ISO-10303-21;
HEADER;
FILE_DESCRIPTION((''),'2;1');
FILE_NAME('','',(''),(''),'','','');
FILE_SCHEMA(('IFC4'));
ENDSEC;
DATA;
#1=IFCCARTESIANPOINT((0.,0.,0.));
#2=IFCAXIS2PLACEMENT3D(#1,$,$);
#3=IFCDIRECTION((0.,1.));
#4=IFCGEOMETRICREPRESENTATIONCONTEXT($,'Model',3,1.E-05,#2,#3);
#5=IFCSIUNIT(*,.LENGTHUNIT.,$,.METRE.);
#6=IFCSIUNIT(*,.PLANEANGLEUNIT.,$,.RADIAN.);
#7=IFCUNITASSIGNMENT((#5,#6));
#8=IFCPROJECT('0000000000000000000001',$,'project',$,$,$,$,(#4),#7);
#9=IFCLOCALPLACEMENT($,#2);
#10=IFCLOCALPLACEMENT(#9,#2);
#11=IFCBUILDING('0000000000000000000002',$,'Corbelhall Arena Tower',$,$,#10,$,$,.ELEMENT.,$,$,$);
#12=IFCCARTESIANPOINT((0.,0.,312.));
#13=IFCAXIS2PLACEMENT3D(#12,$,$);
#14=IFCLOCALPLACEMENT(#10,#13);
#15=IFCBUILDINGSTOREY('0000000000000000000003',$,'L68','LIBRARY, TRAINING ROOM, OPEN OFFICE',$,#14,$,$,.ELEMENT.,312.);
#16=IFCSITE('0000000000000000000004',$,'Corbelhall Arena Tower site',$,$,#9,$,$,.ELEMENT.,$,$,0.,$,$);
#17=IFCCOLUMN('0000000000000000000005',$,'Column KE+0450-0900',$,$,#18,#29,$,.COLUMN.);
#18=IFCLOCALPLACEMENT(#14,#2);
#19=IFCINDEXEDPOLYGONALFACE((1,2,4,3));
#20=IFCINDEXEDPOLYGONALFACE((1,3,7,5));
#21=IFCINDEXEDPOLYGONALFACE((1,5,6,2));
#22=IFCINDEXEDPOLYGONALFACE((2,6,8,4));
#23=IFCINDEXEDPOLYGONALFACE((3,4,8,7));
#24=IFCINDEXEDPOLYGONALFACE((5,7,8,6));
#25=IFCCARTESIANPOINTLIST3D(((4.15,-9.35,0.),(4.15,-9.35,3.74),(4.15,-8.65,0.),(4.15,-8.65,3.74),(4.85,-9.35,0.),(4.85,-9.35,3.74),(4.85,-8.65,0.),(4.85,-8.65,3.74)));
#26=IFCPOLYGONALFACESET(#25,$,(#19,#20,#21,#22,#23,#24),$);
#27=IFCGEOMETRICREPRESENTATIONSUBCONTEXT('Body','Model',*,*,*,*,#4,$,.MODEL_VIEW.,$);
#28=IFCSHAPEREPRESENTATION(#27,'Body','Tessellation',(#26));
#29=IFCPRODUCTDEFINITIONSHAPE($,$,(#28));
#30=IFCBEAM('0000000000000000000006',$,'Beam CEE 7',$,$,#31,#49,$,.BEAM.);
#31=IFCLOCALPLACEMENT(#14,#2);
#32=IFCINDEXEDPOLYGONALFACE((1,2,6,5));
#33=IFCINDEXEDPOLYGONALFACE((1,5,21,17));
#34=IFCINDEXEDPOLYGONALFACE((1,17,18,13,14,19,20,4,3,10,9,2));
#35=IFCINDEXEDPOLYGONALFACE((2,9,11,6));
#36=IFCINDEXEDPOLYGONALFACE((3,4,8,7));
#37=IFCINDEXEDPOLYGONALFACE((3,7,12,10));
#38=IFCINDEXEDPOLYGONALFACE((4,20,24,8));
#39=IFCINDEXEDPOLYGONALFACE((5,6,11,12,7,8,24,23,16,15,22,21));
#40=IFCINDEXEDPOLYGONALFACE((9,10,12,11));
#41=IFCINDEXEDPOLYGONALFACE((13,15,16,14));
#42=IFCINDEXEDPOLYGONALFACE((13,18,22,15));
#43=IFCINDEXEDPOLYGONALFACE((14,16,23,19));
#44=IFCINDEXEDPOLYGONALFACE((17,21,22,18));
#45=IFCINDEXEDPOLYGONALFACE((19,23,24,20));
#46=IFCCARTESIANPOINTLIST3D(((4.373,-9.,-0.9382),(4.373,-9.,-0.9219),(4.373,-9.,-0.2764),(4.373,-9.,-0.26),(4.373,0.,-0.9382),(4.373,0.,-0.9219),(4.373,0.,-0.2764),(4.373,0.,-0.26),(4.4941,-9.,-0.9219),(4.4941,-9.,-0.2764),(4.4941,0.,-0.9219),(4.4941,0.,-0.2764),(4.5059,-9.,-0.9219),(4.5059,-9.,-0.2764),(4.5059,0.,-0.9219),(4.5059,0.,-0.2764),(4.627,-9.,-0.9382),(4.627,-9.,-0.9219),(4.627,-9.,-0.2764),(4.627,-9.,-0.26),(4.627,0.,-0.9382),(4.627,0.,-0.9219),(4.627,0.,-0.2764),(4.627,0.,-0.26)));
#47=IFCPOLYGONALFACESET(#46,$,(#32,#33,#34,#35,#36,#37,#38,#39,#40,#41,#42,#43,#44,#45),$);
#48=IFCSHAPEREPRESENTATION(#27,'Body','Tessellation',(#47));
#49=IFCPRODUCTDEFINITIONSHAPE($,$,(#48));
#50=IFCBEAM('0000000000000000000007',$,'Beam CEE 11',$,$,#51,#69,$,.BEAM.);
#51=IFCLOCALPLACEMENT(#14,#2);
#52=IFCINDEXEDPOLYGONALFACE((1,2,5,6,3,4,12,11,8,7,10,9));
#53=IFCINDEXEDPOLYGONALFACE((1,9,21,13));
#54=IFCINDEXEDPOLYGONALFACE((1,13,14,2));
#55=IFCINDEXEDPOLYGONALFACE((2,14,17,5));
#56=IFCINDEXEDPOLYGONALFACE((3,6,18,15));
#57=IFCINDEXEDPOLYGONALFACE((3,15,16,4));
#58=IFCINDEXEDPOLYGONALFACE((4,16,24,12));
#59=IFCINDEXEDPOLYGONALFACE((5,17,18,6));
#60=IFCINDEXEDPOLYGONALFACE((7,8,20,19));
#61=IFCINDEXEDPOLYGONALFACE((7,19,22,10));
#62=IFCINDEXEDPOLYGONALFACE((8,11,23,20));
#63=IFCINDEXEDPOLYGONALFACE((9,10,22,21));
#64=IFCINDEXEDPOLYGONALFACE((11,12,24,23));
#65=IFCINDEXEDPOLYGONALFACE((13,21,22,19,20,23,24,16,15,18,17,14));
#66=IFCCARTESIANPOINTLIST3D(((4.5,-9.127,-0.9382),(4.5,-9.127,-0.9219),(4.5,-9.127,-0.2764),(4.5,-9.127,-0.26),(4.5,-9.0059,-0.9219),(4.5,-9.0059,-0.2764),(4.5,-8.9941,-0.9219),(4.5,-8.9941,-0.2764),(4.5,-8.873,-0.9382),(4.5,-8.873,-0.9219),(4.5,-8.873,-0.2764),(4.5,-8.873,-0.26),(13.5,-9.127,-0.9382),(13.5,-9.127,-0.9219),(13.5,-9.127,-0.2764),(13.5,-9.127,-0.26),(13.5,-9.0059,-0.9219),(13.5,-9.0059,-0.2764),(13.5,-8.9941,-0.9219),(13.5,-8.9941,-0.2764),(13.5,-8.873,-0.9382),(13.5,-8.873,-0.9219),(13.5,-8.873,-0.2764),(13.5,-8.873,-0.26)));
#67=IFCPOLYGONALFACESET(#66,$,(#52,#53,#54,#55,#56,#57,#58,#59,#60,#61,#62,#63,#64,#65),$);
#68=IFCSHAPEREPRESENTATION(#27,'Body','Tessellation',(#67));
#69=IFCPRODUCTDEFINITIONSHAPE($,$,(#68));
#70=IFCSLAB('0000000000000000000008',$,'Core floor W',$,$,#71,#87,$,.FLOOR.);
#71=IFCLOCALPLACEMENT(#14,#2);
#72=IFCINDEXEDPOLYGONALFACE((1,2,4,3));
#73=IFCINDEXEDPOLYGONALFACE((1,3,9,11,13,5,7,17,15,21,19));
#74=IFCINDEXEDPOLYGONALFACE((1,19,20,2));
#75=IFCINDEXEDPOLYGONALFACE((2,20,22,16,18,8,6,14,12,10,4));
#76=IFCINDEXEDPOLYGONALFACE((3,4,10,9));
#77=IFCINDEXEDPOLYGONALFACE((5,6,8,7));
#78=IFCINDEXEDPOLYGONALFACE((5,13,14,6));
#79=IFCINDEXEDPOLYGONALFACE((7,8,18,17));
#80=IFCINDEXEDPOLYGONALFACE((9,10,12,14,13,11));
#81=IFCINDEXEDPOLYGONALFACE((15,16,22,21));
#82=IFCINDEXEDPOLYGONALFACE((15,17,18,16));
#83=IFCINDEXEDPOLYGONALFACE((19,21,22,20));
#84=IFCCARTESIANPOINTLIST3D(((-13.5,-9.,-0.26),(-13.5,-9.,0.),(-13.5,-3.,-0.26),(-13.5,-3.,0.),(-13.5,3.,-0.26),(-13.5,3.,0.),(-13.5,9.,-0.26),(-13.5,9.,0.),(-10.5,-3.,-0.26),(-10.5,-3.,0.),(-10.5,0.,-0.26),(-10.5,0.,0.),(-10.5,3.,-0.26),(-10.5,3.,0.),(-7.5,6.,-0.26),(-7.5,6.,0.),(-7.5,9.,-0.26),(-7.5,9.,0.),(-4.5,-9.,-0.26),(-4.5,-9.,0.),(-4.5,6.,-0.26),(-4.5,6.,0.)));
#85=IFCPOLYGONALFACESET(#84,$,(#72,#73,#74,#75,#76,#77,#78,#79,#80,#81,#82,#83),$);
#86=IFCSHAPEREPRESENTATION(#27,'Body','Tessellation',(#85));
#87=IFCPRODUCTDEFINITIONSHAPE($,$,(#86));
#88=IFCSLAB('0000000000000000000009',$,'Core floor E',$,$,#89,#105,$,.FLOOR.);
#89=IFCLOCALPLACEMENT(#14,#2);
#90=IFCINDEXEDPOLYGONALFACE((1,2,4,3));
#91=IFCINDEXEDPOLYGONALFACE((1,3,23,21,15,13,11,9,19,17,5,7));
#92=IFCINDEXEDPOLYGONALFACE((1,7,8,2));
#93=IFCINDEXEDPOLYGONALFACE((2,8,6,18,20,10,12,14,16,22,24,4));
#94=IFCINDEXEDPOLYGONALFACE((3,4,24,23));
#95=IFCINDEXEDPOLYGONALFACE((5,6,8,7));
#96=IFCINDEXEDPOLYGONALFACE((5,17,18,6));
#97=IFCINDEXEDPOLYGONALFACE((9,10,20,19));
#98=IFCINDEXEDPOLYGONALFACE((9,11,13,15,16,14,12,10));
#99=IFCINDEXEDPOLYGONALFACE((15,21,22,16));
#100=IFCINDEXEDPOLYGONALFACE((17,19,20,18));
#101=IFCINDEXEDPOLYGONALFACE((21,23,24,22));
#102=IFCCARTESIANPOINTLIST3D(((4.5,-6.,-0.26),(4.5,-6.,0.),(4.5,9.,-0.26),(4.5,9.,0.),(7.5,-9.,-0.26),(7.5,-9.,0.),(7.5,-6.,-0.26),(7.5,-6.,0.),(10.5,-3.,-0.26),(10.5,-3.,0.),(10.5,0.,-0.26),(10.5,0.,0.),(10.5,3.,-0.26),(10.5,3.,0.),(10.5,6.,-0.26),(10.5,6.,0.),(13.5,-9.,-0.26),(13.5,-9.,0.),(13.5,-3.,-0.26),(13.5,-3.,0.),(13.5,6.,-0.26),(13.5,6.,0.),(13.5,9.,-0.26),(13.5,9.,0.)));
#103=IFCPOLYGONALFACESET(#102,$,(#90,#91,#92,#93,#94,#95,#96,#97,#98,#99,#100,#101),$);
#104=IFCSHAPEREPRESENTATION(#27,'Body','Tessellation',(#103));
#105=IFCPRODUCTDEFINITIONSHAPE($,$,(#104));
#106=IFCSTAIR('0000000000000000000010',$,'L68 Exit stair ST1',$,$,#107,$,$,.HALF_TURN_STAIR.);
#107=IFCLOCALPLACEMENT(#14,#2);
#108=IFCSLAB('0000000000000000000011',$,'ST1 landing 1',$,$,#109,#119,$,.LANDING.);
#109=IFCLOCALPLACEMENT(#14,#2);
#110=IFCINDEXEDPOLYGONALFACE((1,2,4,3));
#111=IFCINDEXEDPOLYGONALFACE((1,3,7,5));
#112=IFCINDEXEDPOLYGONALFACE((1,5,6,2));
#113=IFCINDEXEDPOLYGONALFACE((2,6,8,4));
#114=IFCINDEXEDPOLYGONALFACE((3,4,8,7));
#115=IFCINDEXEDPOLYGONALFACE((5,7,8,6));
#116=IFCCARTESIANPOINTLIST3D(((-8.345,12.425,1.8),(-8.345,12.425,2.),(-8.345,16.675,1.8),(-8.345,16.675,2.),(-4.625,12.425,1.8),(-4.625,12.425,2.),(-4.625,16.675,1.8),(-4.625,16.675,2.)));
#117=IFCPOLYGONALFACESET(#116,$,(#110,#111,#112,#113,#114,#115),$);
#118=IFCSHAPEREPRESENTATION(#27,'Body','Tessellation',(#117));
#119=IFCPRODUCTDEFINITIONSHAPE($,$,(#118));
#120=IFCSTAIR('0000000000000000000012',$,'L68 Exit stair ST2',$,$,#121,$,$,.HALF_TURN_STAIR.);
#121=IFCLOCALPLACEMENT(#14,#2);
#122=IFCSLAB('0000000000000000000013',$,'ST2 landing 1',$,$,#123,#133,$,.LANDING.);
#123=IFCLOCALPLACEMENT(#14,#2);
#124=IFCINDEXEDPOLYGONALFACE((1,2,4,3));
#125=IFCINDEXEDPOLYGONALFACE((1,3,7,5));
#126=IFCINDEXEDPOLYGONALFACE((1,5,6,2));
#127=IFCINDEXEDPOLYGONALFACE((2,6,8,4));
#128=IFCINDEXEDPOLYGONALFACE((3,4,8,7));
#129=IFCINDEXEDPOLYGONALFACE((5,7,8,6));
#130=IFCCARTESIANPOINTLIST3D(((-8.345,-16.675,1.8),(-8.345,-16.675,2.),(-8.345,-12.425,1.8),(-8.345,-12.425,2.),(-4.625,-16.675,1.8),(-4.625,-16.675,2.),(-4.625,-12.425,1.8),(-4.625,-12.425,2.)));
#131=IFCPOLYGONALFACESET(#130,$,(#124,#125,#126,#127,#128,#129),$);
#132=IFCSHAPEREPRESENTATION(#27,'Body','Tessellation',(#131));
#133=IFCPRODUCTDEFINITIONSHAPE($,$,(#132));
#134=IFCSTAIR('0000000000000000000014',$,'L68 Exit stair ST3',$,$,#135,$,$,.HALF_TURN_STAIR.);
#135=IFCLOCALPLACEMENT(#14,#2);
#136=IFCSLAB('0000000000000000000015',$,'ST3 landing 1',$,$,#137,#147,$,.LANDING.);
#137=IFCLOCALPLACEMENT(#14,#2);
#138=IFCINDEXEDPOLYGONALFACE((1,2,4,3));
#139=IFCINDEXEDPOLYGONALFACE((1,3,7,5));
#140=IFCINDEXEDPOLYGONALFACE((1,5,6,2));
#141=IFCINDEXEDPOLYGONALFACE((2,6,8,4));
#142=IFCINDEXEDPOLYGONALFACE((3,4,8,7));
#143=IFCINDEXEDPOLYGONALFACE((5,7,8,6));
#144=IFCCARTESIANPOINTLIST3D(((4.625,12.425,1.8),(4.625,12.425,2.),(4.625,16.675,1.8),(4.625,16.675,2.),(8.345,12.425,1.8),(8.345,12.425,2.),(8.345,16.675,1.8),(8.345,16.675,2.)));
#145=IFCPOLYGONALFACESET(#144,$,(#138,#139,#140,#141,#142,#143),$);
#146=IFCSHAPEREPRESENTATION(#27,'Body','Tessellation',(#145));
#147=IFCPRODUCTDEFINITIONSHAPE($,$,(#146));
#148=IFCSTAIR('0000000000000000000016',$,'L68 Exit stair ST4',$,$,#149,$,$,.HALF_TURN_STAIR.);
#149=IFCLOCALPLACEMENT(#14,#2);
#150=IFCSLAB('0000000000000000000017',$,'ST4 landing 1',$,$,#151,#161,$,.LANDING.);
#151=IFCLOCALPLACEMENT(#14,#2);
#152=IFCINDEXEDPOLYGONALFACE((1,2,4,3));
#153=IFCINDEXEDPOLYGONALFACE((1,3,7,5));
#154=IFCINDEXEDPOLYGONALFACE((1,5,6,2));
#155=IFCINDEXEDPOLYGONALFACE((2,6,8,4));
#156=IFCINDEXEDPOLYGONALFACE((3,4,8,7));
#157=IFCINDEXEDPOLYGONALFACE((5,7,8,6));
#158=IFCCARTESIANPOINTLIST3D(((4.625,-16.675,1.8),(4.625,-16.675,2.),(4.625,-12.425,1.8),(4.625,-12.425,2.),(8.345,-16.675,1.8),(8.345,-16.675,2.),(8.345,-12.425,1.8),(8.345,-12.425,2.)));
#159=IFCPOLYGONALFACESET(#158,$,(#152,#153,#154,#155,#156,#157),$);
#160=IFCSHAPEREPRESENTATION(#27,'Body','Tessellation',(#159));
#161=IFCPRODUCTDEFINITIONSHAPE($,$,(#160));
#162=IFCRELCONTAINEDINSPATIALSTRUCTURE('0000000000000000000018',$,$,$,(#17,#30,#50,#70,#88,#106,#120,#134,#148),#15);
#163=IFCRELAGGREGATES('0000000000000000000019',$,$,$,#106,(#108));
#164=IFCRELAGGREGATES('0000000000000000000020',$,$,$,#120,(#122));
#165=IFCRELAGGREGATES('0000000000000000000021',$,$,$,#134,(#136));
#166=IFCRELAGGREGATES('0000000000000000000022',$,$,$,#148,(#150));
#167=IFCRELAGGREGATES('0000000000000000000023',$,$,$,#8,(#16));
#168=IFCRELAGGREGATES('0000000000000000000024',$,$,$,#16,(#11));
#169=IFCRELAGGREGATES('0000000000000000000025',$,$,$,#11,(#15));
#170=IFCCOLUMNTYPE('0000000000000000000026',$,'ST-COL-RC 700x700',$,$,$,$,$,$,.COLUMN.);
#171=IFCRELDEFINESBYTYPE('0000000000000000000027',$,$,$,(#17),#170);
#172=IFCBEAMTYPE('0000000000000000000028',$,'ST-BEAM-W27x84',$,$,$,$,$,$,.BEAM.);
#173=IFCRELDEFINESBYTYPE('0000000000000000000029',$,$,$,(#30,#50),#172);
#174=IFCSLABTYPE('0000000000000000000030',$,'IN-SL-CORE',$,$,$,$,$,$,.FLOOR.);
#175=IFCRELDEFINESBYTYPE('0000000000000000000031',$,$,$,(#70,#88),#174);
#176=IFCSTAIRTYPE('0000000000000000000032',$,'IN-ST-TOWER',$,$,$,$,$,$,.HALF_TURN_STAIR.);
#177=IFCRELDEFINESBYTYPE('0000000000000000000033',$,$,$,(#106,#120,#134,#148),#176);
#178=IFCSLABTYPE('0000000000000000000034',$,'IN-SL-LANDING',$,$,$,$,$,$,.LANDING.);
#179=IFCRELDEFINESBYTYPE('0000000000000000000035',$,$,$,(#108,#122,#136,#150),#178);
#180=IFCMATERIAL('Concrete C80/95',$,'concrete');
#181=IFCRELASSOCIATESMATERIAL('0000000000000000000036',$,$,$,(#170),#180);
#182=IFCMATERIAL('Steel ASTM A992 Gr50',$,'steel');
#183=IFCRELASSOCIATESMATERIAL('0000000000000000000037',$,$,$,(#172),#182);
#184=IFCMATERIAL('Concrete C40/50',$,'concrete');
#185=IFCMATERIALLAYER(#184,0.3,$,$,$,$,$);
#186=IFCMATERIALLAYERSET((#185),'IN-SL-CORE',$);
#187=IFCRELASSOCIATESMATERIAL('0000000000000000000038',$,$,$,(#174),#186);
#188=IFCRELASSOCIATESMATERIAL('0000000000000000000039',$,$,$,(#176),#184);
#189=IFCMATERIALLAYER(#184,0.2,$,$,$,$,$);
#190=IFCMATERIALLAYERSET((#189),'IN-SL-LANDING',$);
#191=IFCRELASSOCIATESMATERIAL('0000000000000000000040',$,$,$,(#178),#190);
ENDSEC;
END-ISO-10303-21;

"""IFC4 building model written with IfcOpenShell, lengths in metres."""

from ifc_helpers import new_model, si_unit, direction, frame, origin, origin_2d, place, context, subcontext, project, spatial, polyline, rectangle, i_section, outline, extrude, material, layer, layer_set, material_profile, profile_set, type_object, element, aggregate, save


model = new_model("IFC4")

# Units and contexts
model_context = context("Model", 3, precision=1e-05, world=origin(), true_north=direction((0.0, 1.0)))
body_context = subcontext(model_context, "Body", "Model", "MODEL_VIEW")
ifc_project = project(units=[si_unit("LENGTHUNIT", "METRE"), si_unit("PLANEANGLEUNIT", "RADIAN")], contexts=[model_context])

# Site, building, storey
site_placement = place(None, origin())
site = spatial("IfcSite", under=ifc_project, at=site_placement, Name="Corbelhall Arena Tower site", CompositionType="ELEMENT", RefElevation=0.0)
building_placement = place(site_placement, origin())
building = spatial("IfcBuilding", under=site, at=building_placement, Name="Corbelhall Arena Tower", CompositionType="ELEMENT")
storey_placement = place(building_placement, frame((0.0, 0.0, 312.0)))
storey = spatial("IfcBuildingStorey", under=building, at=storey_placement, Name="L68", Description="LIBRARY, TRAINING ROOM, OPEN OFFICE", CompositionType="ELEMENT", Elevation=312.0)

# Column
ifc_material_1 = material(Name="Concrete C80/95", Category="concrete")
ifc_material_profile_1 = material_profile(ifc_material_1, rectangle(XDim=0.7, YDim=0.7, at=origin_2d()))
ifc_profile_set_1 = profile_set([ifc_material_profile_1], Name="Concrete C80/95")
column_type = type_object("IfcColumnType", Name="ST-COL-RC 700x700", PredefinedType="COLUMN", material=ifc_profile_set_1)
column_placement = place(storey_placement, frame((4.5, -9.0, 0.0), z_axis=(0.0, 0.0, 1.0), x_axis=(1.0, 0.0, 0.0)))
element("IfcColumn", 1, at=column_placement, inside=storey, type_object=column_type, Name="Column KE+0450-0900", PredefinedType="COLUMN", context=body_context, shape_type="SweptSolid", body=[
    extrude(rectangle(XDim=0.7, YDim=0.7, at=origin_2d()), origin(), (0.0, 0.0, 1.0), 3.74),
])

# Beams
ifc_material_2 = material(Name="Steel ASTM A992 Gr50", Category="steel")
ifc_material_profile_2 = material_profile(ifc_material_2, i_section(OverallWidth=0.2539, OverallDepth=0.6782, WebThickness=0.0117, FlangeThickness=0.0164, at=origin_2d()))
ifc_profile_set_2 = profile_set([ifc_material_profile_2], Name="Steel ASTM A992 Gr50")
beam_type = type_object("IfcBeamType", Name="ST-BEAM-W27x84", PredefinedType="BEAM", material=ifc_profile_set_2)
for number, where, z_axis, x_axis, name in (
    (2, (4.5, -9.0, -0.5991), (0.0, 1.0, 0.0), (-1.0, 0.0, 0.0), "Beam CEE 7"),
    (3, (4.5, -9.0, -0.5991), (1.0, 0.0, 0.0), (0.0, 1.0, 0.0), "Beam CEE 11"),
):
    element("IfcBeam", number, at=place(storey_placement, frame(where, z_axis=z_axis, x_axis=x_axis)), inside=storey, type_object=beam_type, Name=name, PredefinedType="BEAM", context=body_context, shape_type="SweptSolid", body=[
        extrude(i_section(OverallWidth=0.2539, OverallDepth=0.6782, WebThickness=0.0117, FlangeThickness=0.0164, at=origin_2d()), origin(), (0.0, 0.0, 1.0), 9.0),
    ])

# Slabs
ifc_material_3 = material(Name="Concrete C40/50", Category="concrete")
ifc_layer_1 = layer(ifc_material_3, 0.3)
ifc_layer_set_1 = layer_set([ifc_layer_1], Name="IN-SL-CORE")
slab_type_1 = type_object("IfcSlabType", Name="IN-SL-CORE", PredefinedType="FLOOR", material=ifc_layer_set_1)
slab_1_placement = place(storey_placement, frame((0.0, 0.0, -0.26)))
element("IfcSlab", 4, at=slab_1_placement, inside=storey, type_object=slab_type_1, Name="Core floor W", PredefinedType="FLOOR", context=body_context, shape_type="SweptSolid", body=[
    extrude(outline(polyline([(-13.5, -3.0), (-13.5, -9.0), (-4.5, -9.0), (-4.5, 6.0), (-7.5, 6.0), (-7.5, 9.0), (-13.5, 9.0), (-13.5, 3.0), (-10.5, 3.0), (-10.5, 0.0), (-10.5, -3.0), (-13.5, -3.0)])), origin(), (0.0, 0.0, 1.0), 0.26),
])
slab_2_placement = place(storey_placement, frame((0.0, 0.0, -0.26)))
element("IfcSlab", 5, at=slab_2_placement, inside=storey, type_object=slab_type_1, Name="Core floor E", PredefinedType="FLOOR", context=body_context, shape_type="SweptSolid", body=[
    extrude(outline(polyline([(10.5, 0.0), (10.5, 3.0), (10.5, 6.0), (13.5, 6.0), (13.5, 9.0), (4.5, 9.0), (4.5, -6.0), (7.5, -6.0), (7.5, -9.0), (13.5, -9.0), (13.5, -3.0), (10.5, -3.0), (10.5, 0.0)])), origin(), (0.0, 0.0, 1.0), 0.26),
])

# Stairs, slabs
stair_type = type_object("IfcStairType", Name="IN-ST-TOWER", PredefinedType="HALF_TURN_STAIR", material=ifc_material_3)
stair_1_placement = place(storey_placement, origin())
stair_1 = element("IfcStair", 6, at=stair_1_placement, inside=storey, type_object=stair_type, Name="L68 Exit stair ST1", PredefinedType="HALF_TURN_STAIR")
ifc_layer_2 = layer(ifc_material_3, 0.2)
ifc_layer_set_2 = layer_set([ifc_layer_2], Name="IN-SL-LANDING")
slab_type_2 = type_object("IfcSlabType", Name="IN-SL-LANDING", PredefinedType="LANDING", material=ifc_layer_set_2)
slab_3_placement = place(storey_placement, frame((0.0, 0.0, 1.8)))
slab_3 = element("IfcSlab", 7, at=slab_3_placement, type_object=slab_type_2, Name="ST1 landing 1", PredefinedType="LANDING", context=body_context, shape_type="SweptSolid", body=[
    extrude(outline(polyline([(-8.345, 12.425), (-4.625, 12.425), (-4.625, 16.675), (-8.345, 16.675), (-8.345, 12.425)])), origin(), (0.0, 0.0, 1.0), 0.2),
])
aggregate(stair_1, [slab_3])
stair_2_placement = place(storey_placement, origin())
stair_2 = element("IfcStair", 8, at=stair_2_placement, inside=storey, type_object=stair_type, Name="L68 Exit stair ST2", PredefinedType="HALF_TURN_STAIR")
slab_4_placement = place(storey_placement, frame((0.0, 0.0, 1.8)))
slab_4 = element("IfcSlab", 9, at=slab_4_placement, type_object=slab_type_2, Name="ST2 landing 1", PredefinedType="LANDING", context=body_context, shape_type="SweptSolid", body=[
    extrude(outline(polyline([(-8.345, -16.675), (-4.625, -16.675), (-4.625, -12.425), (-8.345, -12.425), (-8.345, -16.675)])), origin(), (0.0, 0.0, 1.0), 0.2),
])
aggregate(stair_2, [slab_4])
stair_3_placement = place(storey_placement, origin())
stair_3 = element("IfcStair", 10, at=stair_3_placement, inside=storey, type_object=stair_type, Name="L68 Exit stair ST3", PredefinedType="HALF_TURN_STAIR")
slab_5_placement = place(storey_placement, frame((0.0, 0.0, 1.8)))
slab_5 = element("IfcSlab", 11, at=slab_5_placement, type_object=slab_type_2, Name="ST3 landing 1", PredefinedType="LANDING", context=body_context, shape_type="SweptSolid", body=[
    extrude(outline(polyline([(8.345, 16.675), (4.625, 16.675), (4.625, 12.425), (8.345, 12.425), (8.345, 16.675)])), origin(), (0.0, 0.0, 1.0), 0.2),
])
aggregate(stair_3, [slab_5])
stair_4_placement = place(storey_placement, origin())
stair_4 = element("IfcStair", 12, at=stair_4_placement, inside=storey, type_object=stair_type, Name="L68 Exit stair ST4", PredefinedType="HALF_TURN_STAIR")
slab_6_placement = place(storey_placement, frame((0.0, 0.0, 1.8)))
slab_6 = element("IfcSlab", 13, at=slab_6_placement, type_object=slab_type_2, Name="ST4 landing 1", PredefinedType="LANDING", context=body_context, shape_type="SweptSolid", body=[
    extrude(outline(polyline([(8.345, -12.425), (4.625, -12.425), (4.625, -16.675), (8.345, -16.675), (8.345, -12.425)])), origin(), (0.0, 0.0, 1.0), 0.2),
])
aggregate(stair_4, [slab_6])

save(model, "model.ifc")
